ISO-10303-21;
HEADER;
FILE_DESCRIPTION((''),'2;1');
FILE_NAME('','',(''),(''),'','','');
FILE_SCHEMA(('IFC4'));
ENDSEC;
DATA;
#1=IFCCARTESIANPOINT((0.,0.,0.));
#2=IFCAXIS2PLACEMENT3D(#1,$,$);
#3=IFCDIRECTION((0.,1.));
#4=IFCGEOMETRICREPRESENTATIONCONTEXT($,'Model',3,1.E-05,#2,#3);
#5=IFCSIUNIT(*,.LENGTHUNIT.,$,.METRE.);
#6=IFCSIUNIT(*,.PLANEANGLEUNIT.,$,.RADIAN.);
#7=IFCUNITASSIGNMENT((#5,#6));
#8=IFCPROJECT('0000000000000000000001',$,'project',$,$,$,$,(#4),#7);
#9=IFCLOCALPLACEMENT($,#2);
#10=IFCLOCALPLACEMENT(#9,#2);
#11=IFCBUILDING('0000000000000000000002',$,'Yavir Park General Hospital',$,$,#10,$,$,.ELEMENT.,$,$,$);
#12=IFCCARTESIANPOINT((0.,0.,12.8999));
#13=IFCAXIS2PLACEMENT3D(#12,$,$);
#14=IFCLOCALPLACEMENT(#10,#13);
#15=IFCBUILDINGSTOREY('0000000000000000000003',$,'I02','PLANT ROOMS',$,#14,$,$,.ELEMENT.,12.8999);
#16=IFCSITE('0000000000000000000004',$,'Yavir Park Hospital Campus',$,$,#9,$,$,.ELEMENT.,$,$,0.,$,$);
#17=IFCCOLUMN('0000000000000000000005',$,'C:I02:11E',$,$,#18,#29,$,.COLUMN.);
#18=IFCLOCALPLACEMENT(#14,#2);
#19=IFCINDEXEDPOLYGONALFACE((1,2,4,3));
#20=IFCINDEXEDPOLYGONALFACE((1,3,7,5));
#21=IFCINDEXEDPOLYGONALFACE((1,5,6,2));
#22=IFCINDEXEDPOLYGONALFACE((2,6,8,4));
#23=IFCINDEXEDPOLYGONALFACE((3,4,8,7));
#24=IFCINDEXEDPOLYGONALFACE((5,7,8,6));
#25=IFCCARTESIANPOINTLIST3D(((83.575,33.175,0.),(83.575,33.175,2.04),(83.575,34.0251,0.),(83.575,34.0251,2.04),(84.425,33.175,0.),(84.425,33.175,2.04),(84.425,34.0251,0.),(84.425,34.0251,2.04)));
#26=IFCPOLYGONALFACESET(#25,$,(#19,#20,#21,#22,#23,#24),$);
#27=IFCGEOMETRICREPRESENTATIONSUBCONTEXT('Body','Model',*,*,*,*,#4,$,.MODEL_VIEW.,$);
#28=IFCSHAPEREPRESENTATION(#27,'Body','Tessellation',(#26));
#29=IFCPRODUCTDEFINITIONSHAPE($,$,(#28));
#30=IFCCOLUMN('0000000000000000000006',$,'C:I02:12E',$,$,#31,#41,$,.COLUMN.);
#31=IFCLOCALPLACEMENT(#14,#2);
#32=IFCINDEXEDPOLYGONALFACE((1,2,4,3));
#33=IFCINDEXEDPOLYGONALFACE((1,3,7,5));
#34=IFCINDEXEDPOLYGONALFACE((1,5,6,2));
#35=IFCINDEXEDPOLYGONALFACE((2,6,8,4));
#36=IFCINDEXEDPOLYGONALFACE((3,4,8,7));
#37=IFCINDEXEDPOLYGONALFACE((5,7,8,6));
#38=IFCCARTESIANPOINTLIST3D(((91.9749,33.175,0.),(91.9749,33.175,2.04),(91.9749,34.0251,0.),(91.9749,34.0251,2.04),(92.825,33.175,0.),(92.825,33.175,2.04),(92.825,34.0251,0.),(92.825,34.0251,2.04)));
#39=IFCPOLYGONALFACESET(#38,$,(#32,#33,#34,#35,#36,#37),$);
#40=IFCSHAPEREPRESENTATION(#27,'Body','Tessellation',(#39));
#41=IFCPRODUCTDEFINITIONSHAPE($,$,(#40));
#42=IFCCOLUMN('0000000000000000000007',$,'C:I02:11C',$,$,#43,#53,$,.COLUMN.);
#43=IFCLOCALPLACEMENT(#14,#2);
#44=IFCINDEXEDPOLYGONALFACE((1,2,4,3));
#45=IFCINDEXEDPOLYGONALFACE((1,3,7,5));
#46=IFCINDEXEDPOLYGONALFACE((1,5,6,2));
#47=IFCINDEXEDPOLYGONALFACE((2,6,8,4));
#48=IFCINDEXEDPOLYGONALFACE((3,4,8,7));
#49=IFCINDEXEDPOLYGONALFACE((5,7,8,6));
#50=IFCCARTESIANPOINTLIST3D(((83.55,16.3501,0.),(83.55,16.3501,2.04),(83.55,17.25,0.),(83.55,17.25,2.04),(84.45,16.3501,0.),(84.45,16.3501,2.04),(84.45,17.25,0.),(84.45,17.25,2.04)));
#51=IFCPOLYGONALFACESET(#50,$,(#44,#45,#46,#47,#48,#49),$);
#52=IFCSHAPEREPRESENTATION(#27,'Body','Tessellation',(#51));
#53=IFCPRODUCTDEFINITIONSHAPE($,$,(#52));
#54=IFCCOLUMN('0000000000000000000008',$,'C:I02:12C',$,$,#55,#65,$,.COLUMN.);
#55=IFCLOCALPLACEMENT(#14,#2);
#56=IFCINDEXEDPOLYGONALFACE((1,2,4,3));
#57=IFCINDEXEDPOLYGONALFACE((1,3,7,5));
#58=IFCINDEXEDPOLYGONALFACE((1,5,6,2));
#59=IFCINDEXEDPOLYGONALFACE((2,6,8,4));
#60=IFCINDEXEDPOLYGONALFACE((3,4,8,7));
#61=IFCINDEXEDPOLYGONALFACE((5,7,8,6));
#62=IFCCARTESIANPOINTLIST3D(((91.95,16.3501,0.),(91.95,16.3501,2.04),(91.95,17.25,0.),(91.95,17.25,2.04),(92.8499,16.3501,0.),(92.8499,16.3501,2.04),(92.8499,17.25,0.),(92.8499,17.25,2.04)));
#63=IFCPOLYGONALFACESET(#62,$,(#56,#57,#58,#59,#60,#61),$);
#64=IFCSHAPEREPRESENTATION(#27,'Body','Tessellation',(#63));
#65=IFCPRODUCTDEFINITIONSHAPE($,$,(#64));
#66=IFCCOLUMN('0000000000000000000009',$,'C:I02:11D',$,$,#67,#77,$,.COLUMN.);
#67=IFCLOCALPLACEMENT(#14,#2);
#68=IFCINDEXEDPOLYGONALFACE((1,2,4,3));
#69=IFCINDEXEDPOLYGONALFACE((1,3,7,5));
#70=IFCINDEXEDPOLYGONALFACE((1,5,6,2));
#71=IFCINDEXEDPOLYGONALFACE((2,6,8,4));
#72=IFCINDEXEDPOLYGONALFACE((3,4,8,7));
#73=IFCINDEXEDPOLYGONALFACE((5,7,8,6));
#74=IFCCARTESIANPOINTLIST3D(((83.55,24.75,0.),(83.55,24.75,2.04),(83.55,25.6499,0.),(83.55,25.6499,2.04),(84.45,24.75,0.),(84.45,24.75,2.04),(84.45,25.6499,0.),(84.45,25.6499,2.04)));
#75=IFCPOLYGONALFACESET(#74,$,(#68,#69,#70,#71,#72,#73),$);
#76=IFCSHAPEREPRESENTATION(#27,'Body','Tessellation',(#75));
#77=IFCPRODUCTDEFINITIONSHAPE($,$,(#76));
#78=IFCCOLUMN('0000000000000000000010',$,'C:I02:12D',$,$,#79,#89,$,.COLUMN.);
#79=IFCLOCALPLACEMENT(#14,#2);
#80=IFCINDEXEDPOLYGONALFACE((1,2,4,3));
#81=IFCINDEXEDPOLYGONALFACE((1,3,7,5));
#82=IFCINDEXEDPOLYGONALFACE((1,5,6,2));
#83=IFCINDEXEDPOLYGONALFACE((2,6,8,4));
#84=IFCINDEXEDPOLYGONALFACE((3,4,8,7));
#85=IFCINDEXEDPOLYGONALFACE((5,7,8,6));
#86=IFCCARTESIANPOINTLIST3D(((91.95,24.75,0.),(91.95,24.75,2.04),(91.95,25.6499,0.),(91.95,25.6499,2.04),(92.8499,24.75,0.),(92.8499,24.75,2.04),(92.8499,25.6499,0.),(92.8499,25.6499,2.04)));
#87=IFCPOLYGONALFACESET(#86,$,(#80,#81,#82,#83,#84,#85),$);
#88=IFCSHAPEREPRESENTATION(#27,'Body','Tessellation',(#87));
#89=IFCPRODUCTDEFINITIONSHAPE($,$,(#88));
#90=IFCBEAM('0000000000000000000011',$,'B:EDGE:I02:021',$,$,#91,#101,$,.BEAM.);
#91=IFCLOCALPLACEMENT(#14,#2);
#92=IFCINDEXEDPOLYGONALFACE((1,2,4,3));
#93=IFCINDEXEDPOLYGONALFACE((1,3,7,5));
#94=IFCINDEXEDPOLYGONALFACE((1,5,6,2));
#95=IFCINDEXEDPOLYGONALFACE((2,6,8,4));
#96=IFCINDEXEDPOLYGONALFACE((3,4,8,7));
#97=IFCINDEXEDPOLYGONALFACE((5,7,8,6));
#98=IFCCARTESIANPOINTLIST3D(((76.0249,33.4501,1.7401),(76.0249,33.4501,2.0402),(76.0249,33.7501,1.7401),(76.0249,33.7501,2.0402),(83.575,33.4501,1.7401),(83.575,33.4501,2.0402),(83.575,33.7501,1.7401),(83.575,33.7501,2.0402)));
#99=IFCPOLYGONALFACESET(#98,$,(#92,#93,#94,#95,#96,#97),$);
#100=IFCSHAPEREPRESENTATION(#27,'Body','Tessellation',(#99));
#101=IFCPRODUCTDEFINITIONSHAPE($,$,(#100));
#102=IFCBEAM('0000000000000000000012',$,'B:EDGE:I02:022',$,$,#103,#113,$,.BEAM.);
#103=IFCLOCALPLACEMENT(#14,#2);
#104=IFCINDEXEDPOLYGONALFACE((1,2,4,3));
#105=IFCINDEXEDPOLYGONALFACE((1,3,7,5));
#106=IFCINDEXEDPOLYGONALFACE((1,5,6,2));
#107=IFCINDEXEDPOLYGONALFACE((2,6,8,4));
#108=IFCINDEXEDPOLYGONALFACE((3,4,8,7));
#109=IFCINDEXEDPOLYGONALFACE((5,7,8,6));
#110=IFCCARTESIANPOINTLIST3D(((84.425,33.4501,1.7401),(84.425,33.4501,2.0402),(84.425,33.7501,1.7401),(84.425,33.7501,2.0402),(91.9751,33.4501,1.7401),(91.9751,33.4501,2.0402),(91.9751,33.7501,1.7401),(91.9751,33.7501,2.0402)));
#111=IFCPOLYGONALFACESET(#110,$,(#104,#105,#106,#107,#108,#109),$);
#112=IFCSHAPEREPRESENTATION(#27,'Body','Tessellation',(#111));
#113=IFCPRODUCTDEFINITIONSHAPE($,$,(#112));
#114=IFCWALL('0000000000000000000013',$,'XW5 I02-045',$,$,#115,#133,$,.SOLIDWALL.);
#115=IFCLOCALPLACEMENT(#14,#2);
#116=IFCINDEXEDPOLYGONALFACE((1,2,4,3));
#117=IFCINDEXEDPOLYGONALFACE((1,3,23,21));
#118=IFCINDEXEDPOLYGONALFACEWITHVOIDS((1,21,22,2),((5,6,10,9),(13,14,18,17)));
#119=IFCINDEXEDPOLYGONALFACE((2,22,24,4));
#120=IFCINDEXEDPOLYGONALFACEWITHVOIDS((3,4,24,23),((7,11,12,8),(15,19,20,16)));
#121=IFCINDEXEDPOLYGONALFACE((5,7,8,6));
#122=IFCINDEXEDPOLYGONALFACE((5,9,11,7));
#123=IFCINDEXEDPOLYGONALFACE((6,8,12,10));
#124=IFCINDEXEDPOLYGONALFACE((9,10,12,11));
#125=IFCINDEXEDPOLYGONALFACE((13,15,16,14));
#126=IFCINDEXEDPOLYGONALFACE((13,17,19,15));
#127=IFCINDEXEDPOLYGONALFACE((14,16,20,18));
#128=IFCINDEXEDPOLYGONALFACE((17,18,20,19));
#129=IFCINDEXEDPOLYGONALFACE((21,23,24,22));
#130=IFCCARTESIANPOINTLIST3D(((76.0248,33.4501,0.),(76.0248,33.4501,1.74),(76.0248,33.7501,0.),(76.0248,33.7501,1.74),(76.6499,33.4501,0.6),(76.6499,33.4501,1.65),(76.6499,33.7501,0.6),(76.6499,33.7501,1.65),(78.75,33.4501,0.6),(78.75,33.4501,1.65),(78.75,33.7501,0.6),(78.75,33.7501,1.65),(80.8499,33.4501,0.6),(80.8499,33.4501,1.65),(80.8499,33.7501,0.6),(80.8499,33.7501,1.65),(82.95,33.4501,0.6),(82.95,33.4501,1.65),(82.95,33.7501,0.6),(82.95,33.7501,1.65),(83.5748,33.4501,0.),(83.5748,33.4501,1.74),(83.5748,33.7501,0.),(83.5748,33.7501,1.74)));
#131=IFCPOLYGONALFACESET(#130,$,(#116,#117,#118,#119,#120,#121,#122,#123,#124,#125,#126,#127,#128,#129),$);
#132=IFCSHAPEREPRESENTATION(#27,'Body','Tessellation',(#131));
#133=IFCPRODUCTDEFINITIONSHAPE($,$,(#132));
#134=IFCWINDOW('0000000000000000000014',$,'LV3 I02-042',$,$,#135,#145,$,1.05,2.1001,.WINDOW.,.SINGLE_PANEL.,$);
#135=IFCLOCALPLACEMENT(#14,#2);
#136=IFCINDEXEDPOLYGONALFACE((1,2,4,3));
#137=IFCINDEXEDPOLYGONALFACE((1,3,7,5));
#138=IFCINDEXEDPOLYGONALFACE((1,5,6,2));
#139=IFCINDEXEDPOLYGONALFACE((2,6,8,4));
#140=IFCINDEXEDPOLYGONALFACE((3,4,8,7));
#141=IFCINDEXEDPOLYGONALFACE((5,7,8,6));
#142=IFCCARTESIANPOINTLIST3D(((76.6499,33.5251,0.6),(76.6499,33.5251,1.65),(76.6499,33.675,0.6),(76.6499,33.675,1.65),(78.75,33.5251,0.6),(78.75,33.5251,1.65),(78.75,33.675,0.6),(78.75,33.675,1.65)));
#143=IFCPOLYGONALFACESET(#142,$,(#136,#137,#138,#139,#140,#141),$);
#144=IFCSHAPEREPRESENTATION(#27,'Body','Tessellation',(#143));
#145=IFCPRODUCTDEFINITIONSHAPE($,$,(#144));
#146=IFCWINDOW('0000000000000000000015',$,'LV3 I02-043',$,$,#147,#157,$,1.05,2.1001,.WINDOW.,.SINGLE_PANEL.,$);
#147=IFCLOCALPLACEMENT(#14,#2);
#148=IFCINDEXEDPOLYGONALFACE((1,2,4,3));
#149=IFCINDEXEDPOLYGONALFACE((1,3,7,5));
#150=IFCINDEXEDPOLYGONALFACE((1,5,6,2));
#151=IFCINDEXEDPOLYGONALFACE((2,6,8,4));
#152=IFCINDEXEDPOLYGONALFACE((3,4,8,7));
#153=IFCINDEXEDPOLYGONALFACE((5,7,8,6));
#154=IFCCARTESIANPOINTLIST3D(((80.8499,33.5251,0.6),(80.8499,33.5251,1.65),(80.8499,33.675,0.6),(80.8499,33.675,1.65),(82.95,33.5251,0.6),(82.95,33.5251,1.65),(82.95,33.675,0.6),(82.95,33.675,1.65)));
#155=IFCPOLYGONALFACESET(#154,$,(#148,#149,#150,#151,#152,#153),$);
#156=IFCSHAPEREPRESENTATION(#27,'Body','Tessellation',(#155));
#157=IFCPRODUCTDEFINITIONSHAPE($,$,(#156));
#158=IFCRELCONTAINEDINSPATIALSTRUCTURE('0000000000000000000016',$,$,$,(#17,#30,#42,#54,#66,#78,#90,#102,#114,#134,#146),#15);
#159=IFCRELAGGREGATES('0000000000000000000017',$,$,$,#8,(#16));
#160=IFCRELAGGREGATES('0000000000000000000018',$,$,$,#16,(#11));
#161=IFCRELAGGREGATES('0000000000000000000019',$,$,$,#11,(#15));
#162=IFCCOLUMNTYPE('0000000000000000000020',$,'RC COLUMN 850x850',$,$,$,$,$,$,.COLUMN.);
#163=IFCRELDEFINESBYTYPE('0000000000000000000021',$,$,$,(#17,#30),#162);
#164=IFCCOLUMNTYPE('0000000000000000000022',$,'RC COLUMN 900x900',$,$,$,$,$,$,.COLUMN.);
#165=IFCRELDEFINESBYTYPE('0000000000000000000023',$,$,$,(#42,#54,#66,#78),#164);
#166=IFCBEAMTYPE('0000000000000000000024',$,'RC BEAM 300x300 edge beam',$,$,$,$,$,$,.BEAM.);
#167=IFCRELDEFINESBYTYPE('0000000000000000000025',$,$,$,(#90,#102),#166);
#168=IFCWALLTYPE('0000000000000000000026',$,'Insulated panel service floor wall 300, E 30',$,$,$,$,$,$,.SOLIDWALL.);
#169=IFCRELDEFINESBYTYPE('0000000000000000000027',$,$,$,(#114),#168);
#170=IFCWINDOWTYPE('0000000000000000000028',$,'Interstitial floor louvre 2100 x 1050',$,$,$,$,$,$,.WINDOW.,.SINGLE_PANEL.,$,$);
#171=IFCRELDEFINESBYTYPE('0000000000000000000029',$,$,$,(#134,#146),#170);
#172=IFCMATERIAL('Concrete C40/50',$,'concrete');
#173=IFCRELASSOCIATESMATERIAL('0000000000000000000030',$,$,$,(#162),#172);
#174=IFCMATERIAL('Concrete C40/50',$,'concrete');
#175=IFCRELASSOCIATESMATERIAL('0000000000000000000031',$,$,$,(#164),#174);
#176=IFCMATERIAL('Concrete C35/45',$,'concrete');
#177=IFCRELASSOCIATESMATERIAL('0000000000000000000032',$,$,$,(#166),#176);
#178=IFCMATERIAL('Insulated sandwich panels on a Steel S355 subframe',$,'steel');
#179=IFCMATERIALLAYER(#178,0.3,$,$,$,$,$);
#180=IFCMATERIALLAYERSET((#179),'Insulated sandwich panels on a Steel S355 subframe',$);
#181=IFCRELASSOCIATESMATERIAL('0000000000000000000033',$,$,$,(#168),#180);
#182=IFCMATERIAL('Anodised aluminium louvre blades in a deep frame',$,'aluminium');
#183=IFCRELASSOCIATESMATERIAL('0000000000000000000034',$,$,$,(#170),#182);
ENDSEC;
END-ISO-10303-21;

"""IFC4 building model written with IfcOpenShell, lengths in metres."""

from ifc_helpers import new_model, si_unit, direction, frame, frame_2d, origin, origin_2d, place, context, subcontext, project, spatial, rectangle, extrude, material, layer, layer_set, material_profile, profile_set, type_object, element, fill, save


model = new_model("IFC4")

# Units and contexts
model_context = context("Model", 3, precision=1e-05, world=origin(), true_north=direction((0.0, 1.0)))
body_context = subcontext(model_context, "Body", "Model", "MODEL_VIEW")
ifc_project = project(units=[si_unit("LENGTHUNIT", "METRE"), si_unit("PLANEANGLEUNIT", "RADIAN")], contexts=[model_context])

# Site, building, storey
site_placement = place(None, origin())
site = spatial("IfcSite", under=ifc_project, at=site_placement, Name="Yavir Park Hospital Campus", CompositionType="ELEMENT", RefElevation=0.0)
building_placement = place(site_placement, origin())
building = spatial("IfcBuilding", under=site, at=building_placement, Name="Yavir Park General Hospital", CompositionType="ELEMENT")
storey_placement = place(building_placement, frame((0.0, 0.0, 12.8999)))
storey = spatial("IfcBuildingStorey", under=building, at=storey_placement, Name="I02", Description="PLANT ROOMS", CompositionType="ELEMENT", Elevation=12.8999)

# Columns
ifc_material_1 = material(Name="Concrete C40/50", Category="concrete")
ifc_material_profile_1 = material_profile(ifc_material_1, rectangle(XDim=0.8501, YDim=0.8501, at=origin_2d()), Name="RC850x850")
ifc_profile_set_1 = profile_set([ifc_material_profile_1], Name="Concrete C40/50")
column_type_1 = type_object("IfcColumnType", Name="RC COLUMN 850x850", PredefinedType="COLUMN", material=ifc_profile_set_1)
for number, where, z_axis, x_axis, name in (
    (1, (84.0, 33.6001, 0.0), (0.0, 0.0, 1.0), (1.0, 0.0, 0.0), "C:I02:11E"),
    (2, (92.3999, 33.6001, 0.0), (0.0, 0.0, 1.0), (1.0, 0.0, 0.0), "C:I02:12E"),
):
    element("IfcColumn", number, at=place(storey_placement, frame(where, z_axis=z_axis, x_axis=x_axis)), inside=storey, type_object=column_type_1, Name=name, PredefinedType="COLUMN", context=body_context, shape_type="SweptSolid", body=[
        extrude(rectangle(XDim=0.8501, YDim=0.8501, at=origin_2d()), origin(), (0.0, 0.0, 1.0), 2.04),
    ])
ifc_material_2 = material(Name="Concrete C40/50", Category="concrete")
ifc_material_profile_2 = material_profile(ifc_material_2, rectangle(XDim=0.8999, YDim=0.8999, at=origin_2d()), Name="RC900x900")
ifc_profile_set_2 = profile_set([ifc_material_profile_2], Name="Concrete C40/50")
column_type_2 = type_object("IfcColumnType", Name="RC COLUMN 900x900", PredefinedType="COLUMN", material=ifc_profile_set_2)
for number, where, z_axis, x_axis, name in (
    (3, (84.0, 16.8, 0.0), (0.0, 0.0, 1.0), (1.0, 0.0, 0.0), "C:I02:11C"),
    (4, (92.3999, 16.8, 0.0), (0.0, 0.0, 1.0), (1.0, 0.0, 0.0), "C:I02:12C"),
    (5, (84.0, 25.2, 0.0), (0.0, 0.0, 1.0), (1.0, 0.0, 0.0), "C:I02:11D"),
    (6, (92.3999, 25.2, 0.0), (0.0, 0.0, 1.0), (1.0, 0.0, 0.0), "C:I02:12D"),
):
    element("IfcColumn", number, at=place(storey_placement, frame(where, z_axis=z_axis, x_axis=x_axis)), inside=storey, type_object=column_type_2, Name=name, PredefinedType="COLUMN", context=body_context, shape_type="SweptSolid", body=[
        extrude(rectangle(XDim=0.8999, YDim=0.8999, at=origin_2d()), origin(), (0.0, 0.0, 1.0), 2.04),
    ])

# Beams
ifc_material_3 = material(Name="Concrete C35/45", Category="concrete")
ifc_material_profile_3 = material_profile(ifc_material_3, rectangle(XDim=0.3, YDim=0.3, at=origin_2d()), Name="RC300x300")
ifc_profile_set_3 = profile_set([ifc_material_profile_3], Name="Concrete C35/45")
beam_type = type_object("IfcBeamType", Name="RC BEAM 300x300 edge beam", PredefinedType="BEAM", material=ifc_profile_set_3)
for number, where, z_axis, x_axis, name in (
    (7, (76.0249, 33.6001, 1.8901), (1.0, 0.0, 0.0), (0.0, 1.0, 0.0), "B:EDGE:I02:021"),
    (8, (84.425, 33.6001, 1.8901), (1.0, 0.0, 0.0), (0.0, 1.0, 0.0), "B:EDGE:I02:022"),
):
    element("IfcBeam", number, at=place(storey_placement, frame(where, z_axis=z_axis, x_axis=x_axis)), inside=storey, type_object=beam_type, Name=name, PredefinedType="BEAM", context=body_context, shape_type="SweptSolid", body=[
        extrude(rectangle(XDim=0.3, YDim=0.3, at=origin_2d()), origin(), (0.0, 0.0, 1.0), 7.55),
    ])

# Wall, openings, windows
ifc_material_4 = material(Name="Insulated sandwich panels on a Steel S355 subframe", Category="steel")
ifc_layer_1 = layer(ifc_material_4, 0.3)
ifc_layer_set_1 = layer_set([ifc_layer_1], Name="Insulated sandwich panels on a Steel S355 subframe")
wall_type_1 = type_object("IfcWallType", Name="Insulated panel service floor wall 300, E 30", PredefinedType="SOLIDWALL", material=ifc_layer_set_1)
wall_1_placement = place(storey_placement, frame((76.0249, 33.6001, 0.0), z_axis=(0.0, 0.0, 1.0), x_axis=(1.0, 0.0, 0.0)))
wall_1 = element("IfcWall", 9, at=wall_1_placement, inside=storey, type_object=wall_type_1, Name="XW5 I02-045", PredefinedType="SOLIDWALL", context=body_context, shape_type="SweptSolid", body=[
    extrude(rectangle(XDim=7.55, YDim=0.3, at=frame_2d((3.7749, 0.0))), origin(), (0.0, 0.0, 1.0), 1.74),
])
opening_1_placement = place(wall_1_placement, frame((0.625, 0.0, 0.6001)))
opening_1 = element("IfcOpeningElement", 10, at=opening_1_placement, cuts=wall_1, PredefinedType="OPENING", context=body_context, shape_type="SweptSolid", body=[
    extrude(rectangle(XDim=2.1001, YDim=1.05, at=frame_2d((1.05, 0.5249))), frame((0.0, 0.1599, 0.0), z_axis=(0.0, -1.0, 0.0), x_axis=(1.0, 0.0, 0.0)), (0.0, 0.0, 1.0), 0.3201),
])
opening_2_placement = place(wall_1_placement, frame((4.825, 0.0, 0.6001)))
opening_2 = element("IfcOpeningElement", 11, at=opening_2_placement, cuts=wall_1, PredefinedType="OPENING", context=body_context, shape_type="SweptSolid", body=[
    extrude(rectangle(XDim=2.1001, YDim=1.05, at=frame_2d((1.05, 0.5249))), frame((0.0, 0.1599, 0.0), z_axis=(0.0, -1.0, 0.0), x_axis=(1.0, 0.0, 0.0)), (0.0, 0.0, 1.0), 0.3201),
])
ifc_material_5 = material(Name="Anodised aluminium louvre blades in a deep frame", Category="aluminium")
window_type = type_object("IfcWindowType", Name="Interstitial floor louvre 2100 x 1050", PartitioningType="SINGLE_PANEL", PredefinedType="WINDOW", material=ifc_material_5)
window_1_placement = place(opening_1_placement, origin())
window_1 = element("IfcWindow", 12, at=window_1_placement, inside=storey, type_object=window_type, Name="LV3 I02-042", OverallHeight=1.05, OverallWidth=2.1001, PartitioningType="SINGLE_PANEL", PredefinedType="WINDOW", context=body_context, shape_type="SweptSolid", body=[
    extrude(rectangle(XDim=2.1001, YDim=1.05, at=frame_2d((1.05, 0.5249))), frame((0.0, 0.075, 0.0), z_axis=(0.0, -1.0, 0.0), x_axis=(1.0, 0.0, 0.0)), (0.0, 0.0, 1.0), 0.1499),
])
fill(opening_1, window_1)
window_2_placement = place(opening_2_placement, origin())
window_2 = element("IfcWindow", 13, at=window_2_placement, inside=storey, type_object=window_type, Name="LV3 I02-043", OverallHeight=1.05, OverallWidth=2.1001, PartitioningType="SINGLE_PANEL", PredefinedType="WINDOW", context=body_context, shape_type="SweptSolid", body=[
    extrude(rectangle(XDim=2.1001, YDim=1.05, at=frame_2d((1.05, 0.5249))), frame((0.0, 0.075, 0.0), z_axis=(0.0, -1.0, 0.0), x_axis=(1.0, 0.0, 0.0)), (0.0, 0.0, 1.0), 0.1499),
])
fill(opening_2, window_2)

save(model, "model.ifc")
